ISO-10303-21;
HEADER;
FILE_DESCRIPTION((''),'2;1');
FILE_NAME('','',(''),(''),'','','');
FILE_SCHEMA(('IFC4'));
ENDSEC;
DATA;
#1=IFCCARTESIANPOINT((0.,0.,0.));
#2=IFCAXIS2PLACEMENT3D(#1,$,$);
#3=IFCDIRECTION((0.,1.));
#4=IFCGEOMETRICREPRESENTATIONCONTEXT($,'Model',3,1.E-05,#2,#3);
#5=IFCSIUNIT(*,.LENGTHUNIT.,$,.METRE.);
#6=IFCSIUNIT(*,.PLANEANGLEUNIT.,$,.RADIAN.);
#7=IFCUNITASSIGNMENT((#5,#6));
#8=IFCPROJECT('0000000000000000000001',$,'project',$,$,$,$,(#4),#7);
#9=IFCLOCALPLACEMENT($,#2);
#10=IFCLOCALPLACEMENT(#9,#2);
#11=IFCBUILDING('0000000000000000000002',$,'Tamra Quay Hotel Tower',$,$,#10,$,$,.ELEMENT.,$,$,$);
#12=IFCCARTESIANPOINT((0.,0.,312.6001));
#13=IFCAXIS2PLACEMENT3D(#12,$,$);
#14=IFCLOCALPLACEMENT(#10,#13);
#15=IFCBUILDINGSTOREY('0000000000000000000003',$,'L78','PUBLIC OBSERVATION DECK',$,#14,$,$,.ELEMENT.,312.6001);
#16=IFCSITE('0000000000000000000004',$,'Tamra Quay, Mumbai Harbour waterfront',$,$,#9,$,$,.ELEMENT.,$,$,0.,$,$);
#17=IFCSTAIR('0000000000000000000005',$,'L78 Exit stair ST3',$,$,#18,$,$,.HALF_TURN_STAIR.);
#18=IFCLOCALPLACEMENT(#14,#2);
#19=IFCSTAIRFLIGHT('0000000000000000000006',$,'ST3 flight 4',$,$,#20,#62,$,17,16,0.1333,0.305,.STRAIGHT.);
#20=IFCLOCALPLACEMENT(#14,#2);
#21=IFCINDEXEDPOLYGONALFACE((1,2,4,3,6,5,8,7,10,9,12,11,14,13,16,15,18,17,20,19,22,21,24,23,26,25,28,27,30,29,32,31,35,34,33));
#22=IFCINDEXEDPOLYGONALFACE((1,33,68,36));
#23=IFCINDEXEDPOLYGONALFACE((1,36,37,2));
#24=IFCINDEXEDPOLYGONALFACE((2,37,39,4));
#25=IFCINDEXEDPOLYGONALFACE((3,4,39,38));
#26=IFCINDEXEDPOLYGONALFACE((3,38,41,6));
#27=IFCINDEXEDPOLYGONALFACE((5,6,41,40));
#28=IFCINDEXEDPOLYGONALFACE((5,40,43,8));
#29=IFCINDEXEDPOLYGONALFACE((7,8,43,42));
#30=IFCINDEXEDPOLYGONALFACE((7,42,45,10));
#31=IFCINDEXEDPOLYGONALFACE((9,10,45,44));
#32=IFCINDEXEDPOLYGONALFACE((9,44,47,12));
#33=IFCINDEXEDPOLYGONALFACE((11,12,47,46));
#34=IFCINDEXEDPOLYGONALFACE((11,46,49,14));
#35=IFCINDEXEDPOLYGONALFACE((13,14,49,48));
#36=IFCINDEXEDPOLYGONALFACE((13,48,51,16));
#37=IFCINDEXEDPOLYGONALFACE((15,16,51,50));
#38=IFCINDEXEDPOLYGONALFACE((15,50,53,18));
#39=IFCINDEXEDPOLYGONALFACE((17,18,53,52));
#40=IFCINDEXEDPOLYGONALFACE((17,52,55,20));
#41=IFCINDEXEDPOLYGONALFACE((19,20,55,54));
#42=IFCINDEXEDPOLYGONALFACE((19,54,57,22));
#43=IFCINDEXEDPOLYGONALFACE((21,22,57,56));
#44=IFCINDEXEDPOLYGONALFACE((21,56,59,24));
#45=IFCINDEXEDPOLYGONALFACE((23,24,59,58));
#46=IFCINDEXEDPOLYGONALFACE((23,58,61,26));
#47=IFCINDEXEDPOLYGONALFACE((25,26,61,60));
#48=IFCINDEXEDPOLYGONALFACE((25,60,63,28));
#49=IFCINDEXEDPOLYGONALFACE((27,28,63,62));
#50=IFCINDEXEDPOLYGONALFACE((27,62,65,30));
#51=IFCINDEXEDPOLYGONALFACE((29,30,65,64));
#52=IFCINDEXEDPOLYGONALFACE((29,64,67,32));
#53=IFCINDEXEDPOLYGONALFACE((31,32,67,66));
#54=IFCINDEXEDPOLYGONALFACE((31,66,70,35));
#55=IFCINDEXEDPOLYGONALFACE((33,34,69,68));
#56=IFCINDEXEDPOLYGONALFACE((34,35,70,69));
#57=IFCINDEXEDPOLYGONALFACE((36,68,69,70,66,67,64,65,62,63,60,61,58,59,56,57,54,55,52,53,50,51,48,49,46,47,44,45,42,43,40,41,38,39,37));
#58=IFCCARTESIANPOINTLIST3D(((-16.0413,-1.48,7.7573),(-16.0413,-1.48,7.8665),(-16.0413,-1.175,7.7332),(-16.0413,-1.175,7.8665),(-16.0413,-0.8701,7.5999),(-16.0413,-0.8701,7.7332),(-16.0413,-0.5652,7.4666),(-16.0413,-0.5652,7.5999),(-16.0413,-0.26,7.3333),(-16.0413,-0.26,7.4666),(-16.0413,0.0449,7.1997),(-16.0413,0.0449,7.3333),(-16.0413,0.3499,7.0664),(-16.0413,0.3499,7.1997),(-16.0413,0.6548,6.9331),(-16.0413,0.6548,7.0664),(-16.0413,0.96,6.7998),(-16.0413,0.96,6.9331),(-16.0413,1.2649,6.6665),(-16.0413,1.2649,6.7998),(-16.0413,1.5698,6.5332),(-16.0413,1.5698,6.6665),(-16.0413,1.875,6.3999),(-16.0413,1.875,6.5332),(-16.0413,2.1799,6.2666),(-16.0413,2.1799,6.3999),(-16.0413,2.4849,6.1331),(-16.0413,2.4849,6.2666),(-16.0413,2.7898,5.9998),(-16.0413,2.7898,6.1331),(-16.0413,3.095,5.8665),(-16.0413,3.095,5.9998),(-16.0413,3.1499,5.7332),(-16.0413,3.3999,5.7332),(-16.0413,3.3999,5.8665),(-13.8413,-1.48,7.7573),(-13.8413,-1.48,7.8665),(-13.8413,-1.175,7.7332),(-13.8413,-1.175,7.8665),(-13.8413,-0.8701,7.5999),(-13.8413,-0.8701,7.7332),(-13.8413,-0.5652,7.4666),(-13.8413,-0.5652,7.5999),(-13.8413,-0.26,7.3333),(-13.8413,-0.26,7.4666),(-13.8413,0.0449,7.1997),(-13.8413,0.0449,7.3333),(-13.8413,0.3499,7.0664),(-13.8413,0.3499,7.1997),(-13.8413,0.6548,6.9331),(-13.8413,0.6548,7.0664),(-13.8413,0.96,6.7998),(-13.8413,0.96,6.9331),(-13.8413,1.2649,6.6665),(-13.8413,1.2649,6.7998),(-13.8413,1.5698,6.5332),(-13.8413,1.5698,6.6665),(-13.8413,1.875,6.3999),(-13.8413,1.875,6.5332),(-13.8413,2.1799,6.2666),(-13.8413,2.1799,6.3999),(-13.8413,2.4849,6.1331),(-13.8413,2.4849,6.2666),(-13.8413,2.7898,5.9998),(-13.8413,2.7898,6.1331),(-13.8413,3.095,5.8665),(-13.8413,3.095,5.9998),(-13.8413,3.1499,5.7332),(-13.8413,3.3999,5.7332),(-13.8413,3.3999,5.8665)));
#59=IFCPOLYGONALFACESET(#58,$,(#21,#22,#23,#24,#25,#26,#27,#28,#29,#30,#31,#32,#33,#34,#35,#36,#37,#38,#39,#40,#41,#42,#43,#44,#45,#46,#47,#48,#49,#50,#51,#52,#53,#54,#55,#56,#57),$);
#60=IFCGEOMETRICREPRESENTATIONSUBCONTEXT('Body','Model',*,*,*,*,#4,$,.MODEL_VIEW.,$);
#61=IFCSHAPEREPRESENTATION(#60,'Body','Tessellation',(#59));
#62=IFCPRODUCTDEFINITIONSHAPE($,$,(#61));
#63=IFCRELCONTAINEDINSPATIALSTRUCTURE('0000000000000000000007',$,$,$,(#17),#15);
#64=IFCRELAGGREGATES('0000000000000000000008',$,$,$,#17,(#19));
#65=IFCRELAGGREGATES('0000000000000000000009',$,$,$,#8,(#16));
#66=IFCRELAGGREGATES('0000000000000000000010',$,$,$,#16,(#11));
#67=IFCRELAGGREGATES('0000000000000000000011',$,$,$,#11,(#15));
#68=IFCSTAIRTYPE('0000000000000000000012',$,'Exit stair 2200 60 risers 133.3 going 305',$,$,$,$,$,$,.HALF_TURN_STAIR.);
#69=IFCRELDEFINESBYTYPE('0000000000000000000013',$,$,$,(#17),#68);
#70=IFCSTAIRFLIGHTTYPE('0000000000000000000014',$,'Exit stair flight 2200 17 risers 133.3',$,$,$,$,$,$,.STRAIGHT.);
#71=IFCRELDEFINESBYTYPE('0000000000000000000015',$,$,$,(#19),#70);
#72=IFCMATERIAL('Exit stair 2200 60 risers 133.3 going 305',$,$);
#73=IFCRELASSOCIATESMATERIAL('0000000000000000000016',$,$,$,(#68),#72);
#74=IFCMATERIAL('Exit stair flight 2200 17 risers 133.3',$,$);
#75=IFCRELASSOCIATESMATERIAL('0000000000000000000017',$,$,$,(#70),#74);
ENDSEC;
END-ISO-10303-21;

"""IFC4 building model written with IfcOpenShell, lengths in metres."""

from ifc_helpers import new_model, si_unit, direction, frame, origin, place, context, subcontext, project, spatial, polyline, outline, extrude, material, type_object, element, aggregate, save


model = new_model("IFC4")

# Units and contexts
model_context = context("Model", 3, precision=1e-05, world=origin(), true_north=direction((0.0, 1.0)))
body_context = subcontext(model_context, "Body", "Model", "MODEL_VIEW")
ifc_project = project(units=[si_unit("LENGTHUNIT", "METRE"), si_unit("PLANEANGLEUNIT", "RADIAN")], contexts=[model_context])

# Site, building, storey
site_placement = place(None, origin())
site = spatial("IfcSite", under=ifc_project, at=site_placement, Name="Tamra Quay, Mumbai Harbour waterfront", CompositionType="ELEMENT", RefElevation=0.0)
building_placement = place(site_placement, origin())
building = spatial("IfcBuilding", under=site, at=building_placement, Name="Tamra Quay Hotel Tower", CompositionType="ELEMENT")
storey_placement = place(building_placement, frame((0.0, 0.0, 312.6001)))
storey = spatial("IfcBuildingStorey", under=building, at=storey_placement, Name="L78", Description="PUBLIC OBSERVATION DECK", CompositionType="ELEMENT", Elevation=312.6001)

# Shared definitions
ifc_material_1 = material(Name="Exit stair 2200 60 risers 133.3 going 305")
stair_type = type_object("IfcStairType", Name="Exit stair 2200 60 risers 133.3 going 305", PredefinedType="HALF_TURN_STAIR", material=ifc_material_1)

# Stair, stair flight
stair_1_placement = place(storey_placement, origin())
stair_1 = element("IfcStair", 1, at=stair_1_placement, inside=storey, type_object=stair_type, Name="L78 Exit stair ST3", PredefinedType="HALF_TURN_STAIR")
ifc_material_2 = material(Name="Exit stair flight 2200 17 risers 133.3")
stair_flight_type = type_object("IfcStairFlightType", Name="Exit stair flight 2200 17 risers 133.3", PredefinedType="STRAIGHT", material=ifc_material_2)
stair_flight_1_placement = place(storey_placement, frame((-14.9414, 3.3999, 5.7332), z_axis=(0.0, 0.0, 1.0), x_axis=(0.0, -1.0, 0.0)))
stair_flight_1 = element("IfcStairFlight", 2, at=stair_flight_1_placement, type_object=stair_flight_type, Name="ST3 flight 4", NumberOfRisers=17, NumberOfTreads=16, PredefinedType="STRAIGHT", RiserHeight=0.1333, TreadLength=0.305, context=body_context, shape_type="SweptSolid", body=[
    extrude(outline(polyline([(0.0, 0.0), (0.0, 0.1333), (0.3049, 0.1333), (0.3049, 0.2666), (0.6101, 0.2666), (0.6101, 0.3999), (0.915, 0.3999), (0.915, 0.5334), (1.22, 0.5334), (1.22, 0.6667), (1.5249, 0.6667), (1.5249, 0.8), (1.8301, 0.8), (1.8301, 0.9333), (2.135, 0.9333), (2.135, 1.0667), (2.4399, 1.0667), (2.4399, 1.2), (2.7451, 1.2), (2.7451, 1.3333), (3.05, 1.3333), (3.05, 1.4666), (3.355, 1.4666), (3.355, 1.6001), (3.6599, 1.6001), (3.6599, 1.7334), (3.9651, 1.7334), (3.9651, 1.8667), (4.27, 1.8667), (4.27, 2.0), (4.575, 2.0), (4.575, 2.1333), (4.8799, 2.1333), (4.8799, 2.2666), (4.8799, 2.0242), (0.25, 0.0), (0.0, 0.0)])), frame((0.0, 1.1001, 0.0), z_axis=(0.0, -1.0, 0.0), x_axis=(1.0, 0.0, 0.0)), (0.0, 0.0, 1.0), 2.2),
])
aggregate(stair_1, [stair_flight_1])

save(model, "model.ifc")
